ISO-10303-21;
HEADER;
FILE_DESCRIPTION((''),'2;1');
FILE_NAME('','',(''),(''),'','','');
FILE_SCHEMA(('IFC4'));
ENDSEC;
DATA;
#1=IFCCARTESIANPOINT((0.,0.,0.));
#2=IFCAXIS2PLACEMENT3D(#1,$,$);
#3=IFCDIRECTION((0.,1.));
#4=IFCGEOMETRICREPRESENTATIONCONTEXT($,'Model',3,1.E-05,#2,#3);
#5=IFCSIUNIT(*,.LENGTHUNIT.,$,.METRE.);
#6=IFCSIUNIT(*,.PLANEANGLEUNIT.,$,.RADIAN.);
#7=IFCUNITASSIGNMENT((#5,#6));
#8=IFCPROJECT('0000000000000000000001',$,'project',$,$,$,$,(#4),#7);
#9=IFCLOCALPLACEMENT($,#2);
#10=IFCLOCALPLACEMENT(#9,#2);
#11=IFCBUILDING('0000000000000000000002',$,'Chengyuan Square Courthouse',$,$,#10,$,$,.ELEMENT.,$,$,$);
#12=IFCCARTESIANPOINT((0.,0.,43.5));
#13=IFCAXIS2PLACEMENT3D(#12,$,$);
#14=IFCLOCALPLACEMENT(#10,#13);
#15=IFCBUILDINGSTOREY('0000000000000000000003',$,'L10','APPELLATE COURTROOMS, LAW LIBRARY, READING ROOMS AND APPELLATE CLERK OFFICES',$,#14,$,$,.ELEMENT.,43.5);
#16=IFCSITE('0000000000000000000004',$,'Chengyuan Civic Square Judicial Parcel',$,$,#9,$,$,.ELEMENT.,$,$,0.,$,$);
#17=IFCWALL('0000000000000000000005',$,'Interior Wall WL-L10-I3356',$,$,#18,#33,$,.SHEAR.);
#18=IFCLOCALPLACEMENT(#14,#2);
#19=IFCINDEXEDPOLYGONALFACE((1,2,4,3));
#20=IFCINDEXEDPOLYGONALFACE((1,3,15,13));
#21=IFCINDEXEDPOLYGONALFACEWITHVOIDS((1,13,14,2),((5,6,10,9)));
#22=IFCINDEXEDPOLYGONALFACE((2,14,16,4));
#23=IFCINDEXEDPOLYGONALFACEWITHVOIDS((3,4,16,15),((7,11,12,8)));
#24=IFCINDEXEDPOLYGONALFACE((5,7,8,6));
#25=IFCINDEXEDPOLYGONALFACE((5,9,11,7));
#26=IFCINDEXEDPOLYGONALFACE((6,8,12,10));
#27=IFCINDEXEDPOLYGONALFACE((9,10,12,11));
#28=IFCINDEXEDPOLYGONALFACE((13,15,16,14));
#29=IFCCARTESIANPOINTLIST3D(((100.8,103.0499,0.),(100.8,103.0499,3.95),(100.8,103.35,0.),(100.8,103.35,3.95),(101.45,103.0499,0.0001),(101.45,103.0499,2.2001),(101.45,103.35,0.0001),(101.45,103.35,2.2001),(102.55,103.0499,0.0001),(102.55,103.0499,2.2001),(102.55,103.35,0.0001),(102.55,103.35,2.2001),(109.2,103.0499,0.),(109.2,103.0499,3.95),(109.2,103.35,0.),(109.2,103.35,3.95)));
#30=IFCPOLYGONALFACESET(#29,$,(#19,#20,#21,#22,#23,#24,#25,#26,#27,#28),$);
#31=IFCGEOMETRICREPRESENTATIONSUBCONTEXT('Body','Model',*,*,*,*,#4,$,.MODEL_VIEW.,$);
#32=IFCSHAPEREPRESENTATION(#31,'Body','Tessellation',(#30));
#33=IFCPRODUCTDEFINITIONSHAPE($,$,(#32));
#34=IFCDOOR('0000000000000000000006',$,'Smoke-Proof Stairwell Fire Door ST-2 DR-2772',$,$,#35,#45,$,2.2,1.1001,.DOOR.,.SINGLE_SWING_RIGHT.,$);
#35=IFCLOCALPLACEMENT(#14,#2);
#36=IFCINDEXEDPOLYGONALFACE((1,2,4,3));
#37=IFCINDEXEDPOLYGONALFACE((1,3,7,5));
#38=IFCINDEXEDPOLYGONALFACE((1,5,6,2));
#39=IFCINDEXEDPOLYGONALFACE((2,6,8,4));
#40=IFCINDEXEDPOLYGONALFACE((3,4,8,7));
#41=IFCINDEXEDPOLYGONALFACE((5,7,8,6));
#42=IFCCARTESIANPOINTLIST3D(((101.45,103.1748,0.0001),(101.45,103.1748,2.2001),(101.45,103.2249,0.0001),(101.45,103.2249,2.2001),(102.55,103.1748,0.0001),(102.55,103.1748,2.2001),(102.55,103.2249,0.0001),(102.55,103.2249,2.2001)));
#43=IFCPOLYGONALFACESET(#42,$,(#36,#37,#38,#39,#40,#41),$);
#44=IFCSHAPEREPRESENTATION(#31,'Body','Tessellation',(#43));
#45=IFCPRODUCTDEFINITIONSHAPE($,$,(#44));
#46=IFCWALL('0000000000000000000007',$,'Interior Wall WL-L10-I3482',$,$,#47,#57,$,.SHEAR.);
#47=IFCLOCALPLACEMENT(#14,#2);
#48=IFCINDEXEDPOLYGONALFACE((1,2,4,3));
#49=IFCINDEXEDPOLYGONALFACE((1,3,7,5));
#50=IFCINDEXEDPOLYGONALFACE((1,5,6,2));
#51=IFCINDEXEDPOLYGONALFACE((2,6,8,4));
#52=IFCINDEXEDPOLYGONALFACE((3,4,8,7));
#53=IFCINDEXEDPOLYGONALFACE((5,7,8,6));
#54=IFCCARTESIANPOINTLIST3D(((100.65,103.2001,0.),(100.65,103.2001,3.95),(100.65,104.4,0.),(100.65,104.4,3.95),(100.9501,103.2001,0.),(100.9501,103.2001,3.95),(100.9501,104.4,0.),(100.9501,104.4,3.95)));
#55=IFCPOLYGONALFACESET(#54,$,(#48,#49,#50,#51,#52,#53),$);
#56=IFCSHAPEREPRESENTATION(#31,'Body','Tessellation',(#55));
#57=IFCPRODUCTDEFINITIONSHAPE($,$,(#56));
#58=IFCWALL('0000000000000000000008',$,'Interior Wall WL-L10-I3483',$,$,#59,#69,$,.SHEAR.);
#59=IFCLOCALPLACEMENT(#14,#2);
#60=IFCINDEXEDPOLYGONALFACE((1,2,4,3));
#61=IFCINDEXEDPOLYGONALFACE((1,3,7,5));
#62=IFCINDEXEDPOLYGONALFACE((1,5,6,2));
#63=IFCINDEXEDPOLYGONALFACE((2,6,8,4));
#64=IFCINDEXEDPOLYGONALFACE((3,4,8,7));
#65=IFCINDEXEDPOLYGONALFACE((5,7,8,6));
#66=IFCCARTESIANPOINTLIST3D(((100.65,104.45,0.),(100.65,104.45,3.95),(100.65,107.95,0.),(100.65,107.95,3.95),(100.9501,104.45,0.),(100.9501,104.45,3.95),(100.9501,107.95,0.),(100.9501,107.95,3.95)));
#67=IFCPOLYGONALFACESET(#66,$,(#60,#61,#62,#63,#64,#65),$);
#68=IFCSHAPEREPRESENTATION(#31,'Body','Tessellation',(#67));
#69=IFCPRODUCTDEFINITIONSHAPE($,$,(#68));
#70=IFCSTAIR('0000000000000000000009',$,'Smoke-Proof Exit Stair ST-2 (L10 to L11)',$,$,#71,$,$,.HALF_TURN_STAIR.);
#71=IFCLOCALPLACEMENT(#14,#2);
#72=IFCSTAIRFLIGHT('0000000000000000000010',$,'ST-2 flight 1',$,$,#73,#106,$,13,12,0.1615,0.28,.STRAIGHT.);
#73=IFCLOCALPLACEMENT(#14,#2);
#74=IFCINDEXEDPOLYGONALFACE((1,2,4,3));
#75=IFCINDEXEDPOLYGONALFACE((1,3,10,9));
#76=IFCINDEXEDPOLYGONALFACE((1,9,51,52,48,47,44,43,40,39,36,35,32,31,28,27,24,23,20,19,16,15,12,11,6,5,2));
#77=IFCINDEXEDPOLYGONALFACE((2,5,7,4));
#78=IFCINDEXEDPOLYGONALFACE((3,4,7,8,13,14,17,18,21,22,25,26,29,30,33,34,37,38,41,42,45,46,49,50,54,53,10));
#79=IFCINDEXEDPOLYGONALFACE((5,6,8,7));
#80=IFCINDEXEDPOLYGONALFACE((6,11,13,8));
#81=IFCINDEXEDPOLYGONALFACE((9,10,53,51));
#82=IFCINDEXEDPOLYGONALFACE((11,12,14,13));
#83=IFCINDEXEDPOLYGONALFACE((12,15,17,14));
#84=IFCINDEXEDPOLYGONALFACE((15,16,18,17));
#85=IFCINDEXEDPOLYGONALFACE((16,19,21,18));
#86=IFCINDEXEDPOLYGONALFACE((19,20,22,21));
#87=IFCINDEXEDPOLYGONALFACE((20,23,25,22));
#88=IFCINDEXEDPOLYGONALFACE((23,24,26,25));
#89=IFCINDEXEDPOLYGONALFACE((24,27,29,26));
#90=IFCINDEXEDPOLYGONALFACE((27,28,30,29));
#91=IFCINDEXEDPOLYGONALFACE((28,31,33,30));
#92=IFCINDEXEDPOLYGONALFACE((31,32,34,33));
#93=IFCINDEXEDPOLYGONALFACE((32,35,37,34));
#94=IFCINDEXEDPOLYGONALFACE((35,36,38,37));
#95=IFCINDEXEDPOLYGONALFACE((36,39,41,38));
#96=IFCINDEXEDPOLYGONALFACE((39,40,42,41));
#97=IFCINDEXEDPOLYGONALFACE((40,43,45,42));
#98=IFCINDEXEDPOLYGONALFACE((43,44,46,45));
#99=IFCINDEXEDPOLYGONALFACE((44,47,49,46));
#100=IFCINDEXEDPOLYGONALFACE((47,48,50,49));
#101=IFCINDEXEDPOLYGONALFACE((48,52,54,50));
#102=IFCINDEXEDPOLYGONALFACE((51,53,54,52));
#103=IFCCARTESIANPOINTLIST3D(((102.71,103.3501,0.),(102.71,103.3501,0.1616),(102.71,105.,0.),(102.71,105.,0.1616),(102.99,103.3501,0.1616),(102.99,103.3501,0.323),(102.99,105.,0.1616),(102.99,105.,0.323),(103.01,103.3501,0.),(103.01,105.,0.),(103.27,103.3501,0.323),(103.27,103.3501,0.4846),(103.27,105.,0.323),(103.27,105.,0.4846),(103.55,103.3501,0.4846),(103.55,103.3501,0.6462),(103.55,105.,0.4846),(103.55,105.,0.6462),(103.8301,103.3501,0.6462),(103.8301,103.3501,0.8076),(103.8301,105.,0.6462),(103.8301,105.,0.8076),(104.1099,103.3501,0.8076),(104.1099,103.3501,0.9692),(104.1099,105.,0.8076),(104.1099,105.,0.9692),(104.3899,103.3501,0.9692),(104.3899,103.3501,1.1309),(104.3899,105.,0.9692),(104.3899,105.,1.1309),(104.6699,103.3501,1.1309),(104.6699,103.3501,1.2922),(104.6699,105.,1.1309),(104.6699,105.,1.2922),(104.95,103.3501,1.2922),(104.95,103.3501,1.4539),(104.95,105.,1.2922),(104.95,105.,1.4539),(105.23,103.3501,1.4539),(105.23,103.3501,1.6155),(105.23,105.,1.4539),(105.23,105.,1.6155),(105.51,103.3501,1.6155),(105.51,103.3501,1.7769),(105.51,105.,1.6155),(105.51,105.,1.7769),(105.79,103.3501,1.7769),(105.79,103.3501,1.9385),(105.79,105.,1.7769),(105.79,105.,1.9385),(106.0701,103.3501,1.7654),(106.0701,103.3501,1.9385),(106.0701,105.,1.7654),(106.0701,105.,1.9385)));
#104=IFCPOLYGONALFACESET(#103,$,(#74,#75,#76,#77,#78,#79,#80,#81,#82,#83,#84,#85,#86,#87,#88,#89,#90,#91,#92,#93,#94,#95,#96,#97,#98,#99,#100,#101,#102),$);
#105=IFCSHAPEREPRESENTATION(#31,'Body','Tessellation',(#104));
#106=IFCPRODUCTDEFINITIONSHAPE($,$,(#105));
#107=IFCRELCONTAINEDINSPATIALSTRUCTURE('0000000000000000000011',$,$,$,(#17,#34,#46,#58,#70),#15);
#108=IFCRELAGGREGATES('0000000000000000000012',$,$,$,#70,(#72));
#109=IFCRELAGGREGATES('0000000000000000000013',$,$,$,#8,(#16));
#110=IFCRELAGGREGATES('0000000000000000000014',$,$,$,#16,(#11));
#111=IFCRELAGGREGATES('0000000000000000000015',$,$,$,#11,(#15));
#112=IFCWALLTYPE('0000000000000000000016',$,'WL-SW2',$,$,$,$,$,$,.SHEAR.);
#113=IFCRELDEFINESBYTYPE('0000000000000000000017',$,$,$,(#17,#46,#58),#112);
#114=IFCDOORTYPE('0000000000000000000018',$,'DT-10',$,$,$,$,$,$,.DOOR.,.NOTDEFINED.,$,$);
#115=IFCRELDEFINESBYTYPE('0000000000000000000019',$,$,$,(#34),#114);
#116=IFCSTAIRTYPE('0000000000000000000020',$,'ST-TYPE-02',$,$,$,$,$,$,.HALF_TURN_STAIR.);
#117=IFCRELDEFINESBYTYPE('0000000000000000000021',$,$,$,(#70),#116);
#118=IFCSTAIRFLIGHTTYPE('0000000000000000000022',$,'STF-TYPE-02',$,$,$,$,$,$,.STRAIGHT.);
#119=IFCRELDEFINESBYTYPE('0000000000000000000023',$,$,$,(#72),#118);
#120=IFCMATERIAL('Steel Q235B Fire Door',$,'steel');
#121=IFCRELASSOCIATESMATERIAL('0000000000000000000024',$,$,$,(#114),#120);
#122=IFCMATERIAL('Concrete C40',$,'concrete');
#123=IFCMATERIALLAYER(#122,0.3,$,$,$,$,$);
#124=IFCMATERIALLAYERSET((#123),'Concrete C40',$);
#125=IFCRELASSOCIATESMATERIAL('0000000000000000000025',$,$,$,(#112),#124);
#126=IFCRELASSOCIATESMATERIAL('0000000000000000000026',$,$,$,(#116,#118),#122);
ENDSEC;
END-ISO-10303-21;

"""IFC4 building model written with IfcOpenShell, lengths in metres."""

from ifc_helpers import new_model, si_unit, direction, frame, frame_2d, origin, place, context, subcontext, project, spatial, polyline, rectangle, outline, extrude, material, layer, layer_set, type_object, element, fill, aggregate, save


model = new_model("IFC4")

# Units and contexts
model_context = context("Model", 3, precision=1e-05, world=origin(), true_north=direction((0.0, 1.0)))
body_context = subcontext(model_context, "Body", "Model", "MODEL_VIEW")
ifc_project = project(units=[si_unit("LENGTHUNIT", "METRE"), si_unit("PLANEANGLEUNIT", "RADIAN")], contexts=[model_context])

# Site, building, storey
site_placement = place(None, origin())
site = spatial("IfcSite", under=ifc_project, at=site_placement, Name="Chengyuan Civic Square Judicial Parcel", CompositionType="ELEMENT", RefElevation=0.0)
building_placement = place(site_placement, origin())
building = spatial("IfcBuilding", under=site, at=building_placement, Name="Chengyuan Square Courthouse", CompositionType="ELEMENT")
storey_placement = place(building_placement, frame((0.0, 0.0, 43.5)))
storey = spatial("IfcBuildingStorey", under=building, at=storey_placement, Name="L10", Description="APPELLATE COURTROOMS, LAW LIBRARY, READING ROOMS AND APPELLATE CLERK OFFICES", CompositionType="ELEMENT", Elevation=43.5)

# Shared definitions
ifc_material_1 = material(Name="Concrete C40", Category="concrete")

# Shared definitions
ifc_material_2 = material(Name="Steel Q235B Fire Door", Category="steel")
door_type_1 = type_object("IfcDoorType", Name="DT-10", OperationType="NOTDEFINED", PredefinedType="DOOR", material=ifc_material_2)

# Wall, opening, door
ifc_layer_1 = layer(ifc_material_1, 0.3)
ifc_layer_set_1 = layer_set([ifc_layer_1], Name="Concrete C40")
wall_type_1 = type_object("IfcWallType", Name="WL-SW2", PredefinedType="SHEAR", material=ifc_layer_set_1)
wall_1_placement = place(storey_placement, frame((100.8, 103.2, 0.0), z_axis=(0.0, 0.0, 1.0), x_axis=(1.0, 0.0, 0.0)))
wall_1 = element("IfcWall", 1, at=wall_1_placement, inside=storey, type_object=wall_type_1, Name="Interior Wall WL-L10-I3356", PredefinedType="SHEAR", context=body_context, shape_type="SweptSolid", body=[
    extrude(rectangle(XDim=8.3999, YDim=0.3, at=frame_2d((4.2, 0.0))), origin(), (0.0, 0.0, 1.0), 3.95),
])
opening_1_placement = place(wall_1_placement, frame((0.6499, 0.0, 0.0)))
opening_1 = element("IfcOpeningElement", 2, at=opening_1_placement, cuts=wall_1, PredefinedType="OPENING", context=body_context, shape_type="SweptSolid", body=[
    extrude(rectangle(XDim=1.1001, YDim=2.2, at=frame_2d((0.55, 1.1001))), frame((0.0, 0.1621, 0.0), z_axis=(0.0, -1.0, 0.0), x_axis=(1.0, 0.0, 0.0)), (0.0, 0.0, 1.0), 0.324),
])
door_1_placement = place(opening_1_placement, origin())
door_1 = element("IfcDoor", 3, at=door_1_placement, inside=storey, type_object=door_type_1, Name="Smoke-Proof Stairwell Fire Door ST-2 DR-2772", OperationType="SINGLE_SWING_RIGHT", OverallHeight=2.2, OverallWidth=1.1001, PredefinedType="DOOR", context=body_context, shape_type="SweptSolid", body=[
    extrude(rectangle(XDim=1.1001, YDim=2.2, at=frame_2d((0.55, 1.1001))), frame((0.0, 0.0249, 0.0), z_axis=(0.0, -1.0, 0.0), x_axis=(1.0, 0.0, 0.0)), (0.0, 0.0, 1.0), 0.05),
])
fill(opening_1, door_1)

# Walls
wall_2_placement = place(storey_placement, frame((100.8, 103.2, 0.0), z_axis=(0.0, 0.0, 1.0), x_axis=(0.0, 1.0, 0.0)))
element("IfcWall", 4, at=wall_2_placement, inside=storey, type_object=wall_type_1, Name="Interior Wall WL-L10-I3482", PredefinedType="SHEAR", context=body_context, shape_type="SweptSolid", body=[
    extrude(rectangle(XDim=1.2, YDim=0.3, at=frame_2d((0.6001, 0.0))), origin(), (0.0, 0.0, 1.0), 3.95),
])
wall_3_placement = place(storey_placement, frame((100.8, 104.45, 0.0), z_axis=(0.0, 0.0, 1.0), x_axis=(0.0, 1.0, 0.0)))
element("IfcWall", 5, at=wall_3_placement, inside=storey, type_object=wall_type_1, Name="Interior Wall WL-L10-I3483", PredefinedType="SHEAR", context=body_context, shape_type="SweptSolid", body=[
    extrude(rectangle(XDim=3.5, YDim=0.3, at=frame_2d((1.75, 0.0))), origin(), (0.0, 0.0, 1.0), 3.95),
])

# Stair, stair flight
stair_type = type_object("IfcStairType", Name="ST-TYPE-02", PredefinedType="HALF_TURN_STAIR", material=ifc_material_1)
stair_placement = place(storey_placement, origin())
stair = element("IfcStair", 6, at=stair_placement, inside=storey, type_object=stair_type, Name="Smoke-Proof Exit Stair ST-2 (L10 to L11)", PredefinedType="HALF_TURN_STAIR")
stair_flight_type = type_object("IfcStairFlightType", Name="STF-TYPE-02", PredefinedType="STRAIGHT", material=ifc_material_1)
stair_flight_placement = place(storey_placement, frame((102.71, 104.175, 0.0), z_axis=(0.0, 0.0, 1.0), x_axis=(1.0, 0.0, 0.0)))
stair_flight = element("IfcStairFlight", 7, at=stair_flight_placement, type_object=stair_flight_type, Name="ST-2 flight 1", NumberOfRisers=13, NumberOfTreads=12, PredefinedType="STRAIGHT", RiserHeight=0.1615, TreadLength=0.28, context=body_context, shape_type="SweptSolid", body=[
    extrude(outline(polyline([(0.0, 0.0), (0.0, 0.1616), (0.28, 0.1616), (0.28, 0.323), (0.5601, 0.323), (0.5601, 0.4846), (0.8401, 0.4846), (0.8401, 0.6462), (1.1201, 0.6462), (1.1201, 0.8076), (1.3999, 0.8076), (1.3999, 0.9692), (1.6799, 0.9692), (1.6799, 1.1309), (1.96, 1.1309), (1.96, 1.2922), (2.24, 1.2922), (2.24, 1.4539), (2.52, 1.4539), (2.52, 1.6155), (2.8, 1.6155), (2.8, 1.7769), (3.0801, 1.7769), (3.0801, 1.9385), (3.3601, 1.9385), (3.3601, 2.1001), (3.3601, 1.7654), (0.3, 0.0), (0.0, 0.0)])), frame((0.0, 0.825, 0.0), z_axis=(0.0, -1.0, 0.0), x_axis=(1.0, 0.0, 0.0)), (0.0, 0.0, 1.0), 1.6499),
])
aggregate(stair, [stair_flight])

save(model, "model.ifc")
